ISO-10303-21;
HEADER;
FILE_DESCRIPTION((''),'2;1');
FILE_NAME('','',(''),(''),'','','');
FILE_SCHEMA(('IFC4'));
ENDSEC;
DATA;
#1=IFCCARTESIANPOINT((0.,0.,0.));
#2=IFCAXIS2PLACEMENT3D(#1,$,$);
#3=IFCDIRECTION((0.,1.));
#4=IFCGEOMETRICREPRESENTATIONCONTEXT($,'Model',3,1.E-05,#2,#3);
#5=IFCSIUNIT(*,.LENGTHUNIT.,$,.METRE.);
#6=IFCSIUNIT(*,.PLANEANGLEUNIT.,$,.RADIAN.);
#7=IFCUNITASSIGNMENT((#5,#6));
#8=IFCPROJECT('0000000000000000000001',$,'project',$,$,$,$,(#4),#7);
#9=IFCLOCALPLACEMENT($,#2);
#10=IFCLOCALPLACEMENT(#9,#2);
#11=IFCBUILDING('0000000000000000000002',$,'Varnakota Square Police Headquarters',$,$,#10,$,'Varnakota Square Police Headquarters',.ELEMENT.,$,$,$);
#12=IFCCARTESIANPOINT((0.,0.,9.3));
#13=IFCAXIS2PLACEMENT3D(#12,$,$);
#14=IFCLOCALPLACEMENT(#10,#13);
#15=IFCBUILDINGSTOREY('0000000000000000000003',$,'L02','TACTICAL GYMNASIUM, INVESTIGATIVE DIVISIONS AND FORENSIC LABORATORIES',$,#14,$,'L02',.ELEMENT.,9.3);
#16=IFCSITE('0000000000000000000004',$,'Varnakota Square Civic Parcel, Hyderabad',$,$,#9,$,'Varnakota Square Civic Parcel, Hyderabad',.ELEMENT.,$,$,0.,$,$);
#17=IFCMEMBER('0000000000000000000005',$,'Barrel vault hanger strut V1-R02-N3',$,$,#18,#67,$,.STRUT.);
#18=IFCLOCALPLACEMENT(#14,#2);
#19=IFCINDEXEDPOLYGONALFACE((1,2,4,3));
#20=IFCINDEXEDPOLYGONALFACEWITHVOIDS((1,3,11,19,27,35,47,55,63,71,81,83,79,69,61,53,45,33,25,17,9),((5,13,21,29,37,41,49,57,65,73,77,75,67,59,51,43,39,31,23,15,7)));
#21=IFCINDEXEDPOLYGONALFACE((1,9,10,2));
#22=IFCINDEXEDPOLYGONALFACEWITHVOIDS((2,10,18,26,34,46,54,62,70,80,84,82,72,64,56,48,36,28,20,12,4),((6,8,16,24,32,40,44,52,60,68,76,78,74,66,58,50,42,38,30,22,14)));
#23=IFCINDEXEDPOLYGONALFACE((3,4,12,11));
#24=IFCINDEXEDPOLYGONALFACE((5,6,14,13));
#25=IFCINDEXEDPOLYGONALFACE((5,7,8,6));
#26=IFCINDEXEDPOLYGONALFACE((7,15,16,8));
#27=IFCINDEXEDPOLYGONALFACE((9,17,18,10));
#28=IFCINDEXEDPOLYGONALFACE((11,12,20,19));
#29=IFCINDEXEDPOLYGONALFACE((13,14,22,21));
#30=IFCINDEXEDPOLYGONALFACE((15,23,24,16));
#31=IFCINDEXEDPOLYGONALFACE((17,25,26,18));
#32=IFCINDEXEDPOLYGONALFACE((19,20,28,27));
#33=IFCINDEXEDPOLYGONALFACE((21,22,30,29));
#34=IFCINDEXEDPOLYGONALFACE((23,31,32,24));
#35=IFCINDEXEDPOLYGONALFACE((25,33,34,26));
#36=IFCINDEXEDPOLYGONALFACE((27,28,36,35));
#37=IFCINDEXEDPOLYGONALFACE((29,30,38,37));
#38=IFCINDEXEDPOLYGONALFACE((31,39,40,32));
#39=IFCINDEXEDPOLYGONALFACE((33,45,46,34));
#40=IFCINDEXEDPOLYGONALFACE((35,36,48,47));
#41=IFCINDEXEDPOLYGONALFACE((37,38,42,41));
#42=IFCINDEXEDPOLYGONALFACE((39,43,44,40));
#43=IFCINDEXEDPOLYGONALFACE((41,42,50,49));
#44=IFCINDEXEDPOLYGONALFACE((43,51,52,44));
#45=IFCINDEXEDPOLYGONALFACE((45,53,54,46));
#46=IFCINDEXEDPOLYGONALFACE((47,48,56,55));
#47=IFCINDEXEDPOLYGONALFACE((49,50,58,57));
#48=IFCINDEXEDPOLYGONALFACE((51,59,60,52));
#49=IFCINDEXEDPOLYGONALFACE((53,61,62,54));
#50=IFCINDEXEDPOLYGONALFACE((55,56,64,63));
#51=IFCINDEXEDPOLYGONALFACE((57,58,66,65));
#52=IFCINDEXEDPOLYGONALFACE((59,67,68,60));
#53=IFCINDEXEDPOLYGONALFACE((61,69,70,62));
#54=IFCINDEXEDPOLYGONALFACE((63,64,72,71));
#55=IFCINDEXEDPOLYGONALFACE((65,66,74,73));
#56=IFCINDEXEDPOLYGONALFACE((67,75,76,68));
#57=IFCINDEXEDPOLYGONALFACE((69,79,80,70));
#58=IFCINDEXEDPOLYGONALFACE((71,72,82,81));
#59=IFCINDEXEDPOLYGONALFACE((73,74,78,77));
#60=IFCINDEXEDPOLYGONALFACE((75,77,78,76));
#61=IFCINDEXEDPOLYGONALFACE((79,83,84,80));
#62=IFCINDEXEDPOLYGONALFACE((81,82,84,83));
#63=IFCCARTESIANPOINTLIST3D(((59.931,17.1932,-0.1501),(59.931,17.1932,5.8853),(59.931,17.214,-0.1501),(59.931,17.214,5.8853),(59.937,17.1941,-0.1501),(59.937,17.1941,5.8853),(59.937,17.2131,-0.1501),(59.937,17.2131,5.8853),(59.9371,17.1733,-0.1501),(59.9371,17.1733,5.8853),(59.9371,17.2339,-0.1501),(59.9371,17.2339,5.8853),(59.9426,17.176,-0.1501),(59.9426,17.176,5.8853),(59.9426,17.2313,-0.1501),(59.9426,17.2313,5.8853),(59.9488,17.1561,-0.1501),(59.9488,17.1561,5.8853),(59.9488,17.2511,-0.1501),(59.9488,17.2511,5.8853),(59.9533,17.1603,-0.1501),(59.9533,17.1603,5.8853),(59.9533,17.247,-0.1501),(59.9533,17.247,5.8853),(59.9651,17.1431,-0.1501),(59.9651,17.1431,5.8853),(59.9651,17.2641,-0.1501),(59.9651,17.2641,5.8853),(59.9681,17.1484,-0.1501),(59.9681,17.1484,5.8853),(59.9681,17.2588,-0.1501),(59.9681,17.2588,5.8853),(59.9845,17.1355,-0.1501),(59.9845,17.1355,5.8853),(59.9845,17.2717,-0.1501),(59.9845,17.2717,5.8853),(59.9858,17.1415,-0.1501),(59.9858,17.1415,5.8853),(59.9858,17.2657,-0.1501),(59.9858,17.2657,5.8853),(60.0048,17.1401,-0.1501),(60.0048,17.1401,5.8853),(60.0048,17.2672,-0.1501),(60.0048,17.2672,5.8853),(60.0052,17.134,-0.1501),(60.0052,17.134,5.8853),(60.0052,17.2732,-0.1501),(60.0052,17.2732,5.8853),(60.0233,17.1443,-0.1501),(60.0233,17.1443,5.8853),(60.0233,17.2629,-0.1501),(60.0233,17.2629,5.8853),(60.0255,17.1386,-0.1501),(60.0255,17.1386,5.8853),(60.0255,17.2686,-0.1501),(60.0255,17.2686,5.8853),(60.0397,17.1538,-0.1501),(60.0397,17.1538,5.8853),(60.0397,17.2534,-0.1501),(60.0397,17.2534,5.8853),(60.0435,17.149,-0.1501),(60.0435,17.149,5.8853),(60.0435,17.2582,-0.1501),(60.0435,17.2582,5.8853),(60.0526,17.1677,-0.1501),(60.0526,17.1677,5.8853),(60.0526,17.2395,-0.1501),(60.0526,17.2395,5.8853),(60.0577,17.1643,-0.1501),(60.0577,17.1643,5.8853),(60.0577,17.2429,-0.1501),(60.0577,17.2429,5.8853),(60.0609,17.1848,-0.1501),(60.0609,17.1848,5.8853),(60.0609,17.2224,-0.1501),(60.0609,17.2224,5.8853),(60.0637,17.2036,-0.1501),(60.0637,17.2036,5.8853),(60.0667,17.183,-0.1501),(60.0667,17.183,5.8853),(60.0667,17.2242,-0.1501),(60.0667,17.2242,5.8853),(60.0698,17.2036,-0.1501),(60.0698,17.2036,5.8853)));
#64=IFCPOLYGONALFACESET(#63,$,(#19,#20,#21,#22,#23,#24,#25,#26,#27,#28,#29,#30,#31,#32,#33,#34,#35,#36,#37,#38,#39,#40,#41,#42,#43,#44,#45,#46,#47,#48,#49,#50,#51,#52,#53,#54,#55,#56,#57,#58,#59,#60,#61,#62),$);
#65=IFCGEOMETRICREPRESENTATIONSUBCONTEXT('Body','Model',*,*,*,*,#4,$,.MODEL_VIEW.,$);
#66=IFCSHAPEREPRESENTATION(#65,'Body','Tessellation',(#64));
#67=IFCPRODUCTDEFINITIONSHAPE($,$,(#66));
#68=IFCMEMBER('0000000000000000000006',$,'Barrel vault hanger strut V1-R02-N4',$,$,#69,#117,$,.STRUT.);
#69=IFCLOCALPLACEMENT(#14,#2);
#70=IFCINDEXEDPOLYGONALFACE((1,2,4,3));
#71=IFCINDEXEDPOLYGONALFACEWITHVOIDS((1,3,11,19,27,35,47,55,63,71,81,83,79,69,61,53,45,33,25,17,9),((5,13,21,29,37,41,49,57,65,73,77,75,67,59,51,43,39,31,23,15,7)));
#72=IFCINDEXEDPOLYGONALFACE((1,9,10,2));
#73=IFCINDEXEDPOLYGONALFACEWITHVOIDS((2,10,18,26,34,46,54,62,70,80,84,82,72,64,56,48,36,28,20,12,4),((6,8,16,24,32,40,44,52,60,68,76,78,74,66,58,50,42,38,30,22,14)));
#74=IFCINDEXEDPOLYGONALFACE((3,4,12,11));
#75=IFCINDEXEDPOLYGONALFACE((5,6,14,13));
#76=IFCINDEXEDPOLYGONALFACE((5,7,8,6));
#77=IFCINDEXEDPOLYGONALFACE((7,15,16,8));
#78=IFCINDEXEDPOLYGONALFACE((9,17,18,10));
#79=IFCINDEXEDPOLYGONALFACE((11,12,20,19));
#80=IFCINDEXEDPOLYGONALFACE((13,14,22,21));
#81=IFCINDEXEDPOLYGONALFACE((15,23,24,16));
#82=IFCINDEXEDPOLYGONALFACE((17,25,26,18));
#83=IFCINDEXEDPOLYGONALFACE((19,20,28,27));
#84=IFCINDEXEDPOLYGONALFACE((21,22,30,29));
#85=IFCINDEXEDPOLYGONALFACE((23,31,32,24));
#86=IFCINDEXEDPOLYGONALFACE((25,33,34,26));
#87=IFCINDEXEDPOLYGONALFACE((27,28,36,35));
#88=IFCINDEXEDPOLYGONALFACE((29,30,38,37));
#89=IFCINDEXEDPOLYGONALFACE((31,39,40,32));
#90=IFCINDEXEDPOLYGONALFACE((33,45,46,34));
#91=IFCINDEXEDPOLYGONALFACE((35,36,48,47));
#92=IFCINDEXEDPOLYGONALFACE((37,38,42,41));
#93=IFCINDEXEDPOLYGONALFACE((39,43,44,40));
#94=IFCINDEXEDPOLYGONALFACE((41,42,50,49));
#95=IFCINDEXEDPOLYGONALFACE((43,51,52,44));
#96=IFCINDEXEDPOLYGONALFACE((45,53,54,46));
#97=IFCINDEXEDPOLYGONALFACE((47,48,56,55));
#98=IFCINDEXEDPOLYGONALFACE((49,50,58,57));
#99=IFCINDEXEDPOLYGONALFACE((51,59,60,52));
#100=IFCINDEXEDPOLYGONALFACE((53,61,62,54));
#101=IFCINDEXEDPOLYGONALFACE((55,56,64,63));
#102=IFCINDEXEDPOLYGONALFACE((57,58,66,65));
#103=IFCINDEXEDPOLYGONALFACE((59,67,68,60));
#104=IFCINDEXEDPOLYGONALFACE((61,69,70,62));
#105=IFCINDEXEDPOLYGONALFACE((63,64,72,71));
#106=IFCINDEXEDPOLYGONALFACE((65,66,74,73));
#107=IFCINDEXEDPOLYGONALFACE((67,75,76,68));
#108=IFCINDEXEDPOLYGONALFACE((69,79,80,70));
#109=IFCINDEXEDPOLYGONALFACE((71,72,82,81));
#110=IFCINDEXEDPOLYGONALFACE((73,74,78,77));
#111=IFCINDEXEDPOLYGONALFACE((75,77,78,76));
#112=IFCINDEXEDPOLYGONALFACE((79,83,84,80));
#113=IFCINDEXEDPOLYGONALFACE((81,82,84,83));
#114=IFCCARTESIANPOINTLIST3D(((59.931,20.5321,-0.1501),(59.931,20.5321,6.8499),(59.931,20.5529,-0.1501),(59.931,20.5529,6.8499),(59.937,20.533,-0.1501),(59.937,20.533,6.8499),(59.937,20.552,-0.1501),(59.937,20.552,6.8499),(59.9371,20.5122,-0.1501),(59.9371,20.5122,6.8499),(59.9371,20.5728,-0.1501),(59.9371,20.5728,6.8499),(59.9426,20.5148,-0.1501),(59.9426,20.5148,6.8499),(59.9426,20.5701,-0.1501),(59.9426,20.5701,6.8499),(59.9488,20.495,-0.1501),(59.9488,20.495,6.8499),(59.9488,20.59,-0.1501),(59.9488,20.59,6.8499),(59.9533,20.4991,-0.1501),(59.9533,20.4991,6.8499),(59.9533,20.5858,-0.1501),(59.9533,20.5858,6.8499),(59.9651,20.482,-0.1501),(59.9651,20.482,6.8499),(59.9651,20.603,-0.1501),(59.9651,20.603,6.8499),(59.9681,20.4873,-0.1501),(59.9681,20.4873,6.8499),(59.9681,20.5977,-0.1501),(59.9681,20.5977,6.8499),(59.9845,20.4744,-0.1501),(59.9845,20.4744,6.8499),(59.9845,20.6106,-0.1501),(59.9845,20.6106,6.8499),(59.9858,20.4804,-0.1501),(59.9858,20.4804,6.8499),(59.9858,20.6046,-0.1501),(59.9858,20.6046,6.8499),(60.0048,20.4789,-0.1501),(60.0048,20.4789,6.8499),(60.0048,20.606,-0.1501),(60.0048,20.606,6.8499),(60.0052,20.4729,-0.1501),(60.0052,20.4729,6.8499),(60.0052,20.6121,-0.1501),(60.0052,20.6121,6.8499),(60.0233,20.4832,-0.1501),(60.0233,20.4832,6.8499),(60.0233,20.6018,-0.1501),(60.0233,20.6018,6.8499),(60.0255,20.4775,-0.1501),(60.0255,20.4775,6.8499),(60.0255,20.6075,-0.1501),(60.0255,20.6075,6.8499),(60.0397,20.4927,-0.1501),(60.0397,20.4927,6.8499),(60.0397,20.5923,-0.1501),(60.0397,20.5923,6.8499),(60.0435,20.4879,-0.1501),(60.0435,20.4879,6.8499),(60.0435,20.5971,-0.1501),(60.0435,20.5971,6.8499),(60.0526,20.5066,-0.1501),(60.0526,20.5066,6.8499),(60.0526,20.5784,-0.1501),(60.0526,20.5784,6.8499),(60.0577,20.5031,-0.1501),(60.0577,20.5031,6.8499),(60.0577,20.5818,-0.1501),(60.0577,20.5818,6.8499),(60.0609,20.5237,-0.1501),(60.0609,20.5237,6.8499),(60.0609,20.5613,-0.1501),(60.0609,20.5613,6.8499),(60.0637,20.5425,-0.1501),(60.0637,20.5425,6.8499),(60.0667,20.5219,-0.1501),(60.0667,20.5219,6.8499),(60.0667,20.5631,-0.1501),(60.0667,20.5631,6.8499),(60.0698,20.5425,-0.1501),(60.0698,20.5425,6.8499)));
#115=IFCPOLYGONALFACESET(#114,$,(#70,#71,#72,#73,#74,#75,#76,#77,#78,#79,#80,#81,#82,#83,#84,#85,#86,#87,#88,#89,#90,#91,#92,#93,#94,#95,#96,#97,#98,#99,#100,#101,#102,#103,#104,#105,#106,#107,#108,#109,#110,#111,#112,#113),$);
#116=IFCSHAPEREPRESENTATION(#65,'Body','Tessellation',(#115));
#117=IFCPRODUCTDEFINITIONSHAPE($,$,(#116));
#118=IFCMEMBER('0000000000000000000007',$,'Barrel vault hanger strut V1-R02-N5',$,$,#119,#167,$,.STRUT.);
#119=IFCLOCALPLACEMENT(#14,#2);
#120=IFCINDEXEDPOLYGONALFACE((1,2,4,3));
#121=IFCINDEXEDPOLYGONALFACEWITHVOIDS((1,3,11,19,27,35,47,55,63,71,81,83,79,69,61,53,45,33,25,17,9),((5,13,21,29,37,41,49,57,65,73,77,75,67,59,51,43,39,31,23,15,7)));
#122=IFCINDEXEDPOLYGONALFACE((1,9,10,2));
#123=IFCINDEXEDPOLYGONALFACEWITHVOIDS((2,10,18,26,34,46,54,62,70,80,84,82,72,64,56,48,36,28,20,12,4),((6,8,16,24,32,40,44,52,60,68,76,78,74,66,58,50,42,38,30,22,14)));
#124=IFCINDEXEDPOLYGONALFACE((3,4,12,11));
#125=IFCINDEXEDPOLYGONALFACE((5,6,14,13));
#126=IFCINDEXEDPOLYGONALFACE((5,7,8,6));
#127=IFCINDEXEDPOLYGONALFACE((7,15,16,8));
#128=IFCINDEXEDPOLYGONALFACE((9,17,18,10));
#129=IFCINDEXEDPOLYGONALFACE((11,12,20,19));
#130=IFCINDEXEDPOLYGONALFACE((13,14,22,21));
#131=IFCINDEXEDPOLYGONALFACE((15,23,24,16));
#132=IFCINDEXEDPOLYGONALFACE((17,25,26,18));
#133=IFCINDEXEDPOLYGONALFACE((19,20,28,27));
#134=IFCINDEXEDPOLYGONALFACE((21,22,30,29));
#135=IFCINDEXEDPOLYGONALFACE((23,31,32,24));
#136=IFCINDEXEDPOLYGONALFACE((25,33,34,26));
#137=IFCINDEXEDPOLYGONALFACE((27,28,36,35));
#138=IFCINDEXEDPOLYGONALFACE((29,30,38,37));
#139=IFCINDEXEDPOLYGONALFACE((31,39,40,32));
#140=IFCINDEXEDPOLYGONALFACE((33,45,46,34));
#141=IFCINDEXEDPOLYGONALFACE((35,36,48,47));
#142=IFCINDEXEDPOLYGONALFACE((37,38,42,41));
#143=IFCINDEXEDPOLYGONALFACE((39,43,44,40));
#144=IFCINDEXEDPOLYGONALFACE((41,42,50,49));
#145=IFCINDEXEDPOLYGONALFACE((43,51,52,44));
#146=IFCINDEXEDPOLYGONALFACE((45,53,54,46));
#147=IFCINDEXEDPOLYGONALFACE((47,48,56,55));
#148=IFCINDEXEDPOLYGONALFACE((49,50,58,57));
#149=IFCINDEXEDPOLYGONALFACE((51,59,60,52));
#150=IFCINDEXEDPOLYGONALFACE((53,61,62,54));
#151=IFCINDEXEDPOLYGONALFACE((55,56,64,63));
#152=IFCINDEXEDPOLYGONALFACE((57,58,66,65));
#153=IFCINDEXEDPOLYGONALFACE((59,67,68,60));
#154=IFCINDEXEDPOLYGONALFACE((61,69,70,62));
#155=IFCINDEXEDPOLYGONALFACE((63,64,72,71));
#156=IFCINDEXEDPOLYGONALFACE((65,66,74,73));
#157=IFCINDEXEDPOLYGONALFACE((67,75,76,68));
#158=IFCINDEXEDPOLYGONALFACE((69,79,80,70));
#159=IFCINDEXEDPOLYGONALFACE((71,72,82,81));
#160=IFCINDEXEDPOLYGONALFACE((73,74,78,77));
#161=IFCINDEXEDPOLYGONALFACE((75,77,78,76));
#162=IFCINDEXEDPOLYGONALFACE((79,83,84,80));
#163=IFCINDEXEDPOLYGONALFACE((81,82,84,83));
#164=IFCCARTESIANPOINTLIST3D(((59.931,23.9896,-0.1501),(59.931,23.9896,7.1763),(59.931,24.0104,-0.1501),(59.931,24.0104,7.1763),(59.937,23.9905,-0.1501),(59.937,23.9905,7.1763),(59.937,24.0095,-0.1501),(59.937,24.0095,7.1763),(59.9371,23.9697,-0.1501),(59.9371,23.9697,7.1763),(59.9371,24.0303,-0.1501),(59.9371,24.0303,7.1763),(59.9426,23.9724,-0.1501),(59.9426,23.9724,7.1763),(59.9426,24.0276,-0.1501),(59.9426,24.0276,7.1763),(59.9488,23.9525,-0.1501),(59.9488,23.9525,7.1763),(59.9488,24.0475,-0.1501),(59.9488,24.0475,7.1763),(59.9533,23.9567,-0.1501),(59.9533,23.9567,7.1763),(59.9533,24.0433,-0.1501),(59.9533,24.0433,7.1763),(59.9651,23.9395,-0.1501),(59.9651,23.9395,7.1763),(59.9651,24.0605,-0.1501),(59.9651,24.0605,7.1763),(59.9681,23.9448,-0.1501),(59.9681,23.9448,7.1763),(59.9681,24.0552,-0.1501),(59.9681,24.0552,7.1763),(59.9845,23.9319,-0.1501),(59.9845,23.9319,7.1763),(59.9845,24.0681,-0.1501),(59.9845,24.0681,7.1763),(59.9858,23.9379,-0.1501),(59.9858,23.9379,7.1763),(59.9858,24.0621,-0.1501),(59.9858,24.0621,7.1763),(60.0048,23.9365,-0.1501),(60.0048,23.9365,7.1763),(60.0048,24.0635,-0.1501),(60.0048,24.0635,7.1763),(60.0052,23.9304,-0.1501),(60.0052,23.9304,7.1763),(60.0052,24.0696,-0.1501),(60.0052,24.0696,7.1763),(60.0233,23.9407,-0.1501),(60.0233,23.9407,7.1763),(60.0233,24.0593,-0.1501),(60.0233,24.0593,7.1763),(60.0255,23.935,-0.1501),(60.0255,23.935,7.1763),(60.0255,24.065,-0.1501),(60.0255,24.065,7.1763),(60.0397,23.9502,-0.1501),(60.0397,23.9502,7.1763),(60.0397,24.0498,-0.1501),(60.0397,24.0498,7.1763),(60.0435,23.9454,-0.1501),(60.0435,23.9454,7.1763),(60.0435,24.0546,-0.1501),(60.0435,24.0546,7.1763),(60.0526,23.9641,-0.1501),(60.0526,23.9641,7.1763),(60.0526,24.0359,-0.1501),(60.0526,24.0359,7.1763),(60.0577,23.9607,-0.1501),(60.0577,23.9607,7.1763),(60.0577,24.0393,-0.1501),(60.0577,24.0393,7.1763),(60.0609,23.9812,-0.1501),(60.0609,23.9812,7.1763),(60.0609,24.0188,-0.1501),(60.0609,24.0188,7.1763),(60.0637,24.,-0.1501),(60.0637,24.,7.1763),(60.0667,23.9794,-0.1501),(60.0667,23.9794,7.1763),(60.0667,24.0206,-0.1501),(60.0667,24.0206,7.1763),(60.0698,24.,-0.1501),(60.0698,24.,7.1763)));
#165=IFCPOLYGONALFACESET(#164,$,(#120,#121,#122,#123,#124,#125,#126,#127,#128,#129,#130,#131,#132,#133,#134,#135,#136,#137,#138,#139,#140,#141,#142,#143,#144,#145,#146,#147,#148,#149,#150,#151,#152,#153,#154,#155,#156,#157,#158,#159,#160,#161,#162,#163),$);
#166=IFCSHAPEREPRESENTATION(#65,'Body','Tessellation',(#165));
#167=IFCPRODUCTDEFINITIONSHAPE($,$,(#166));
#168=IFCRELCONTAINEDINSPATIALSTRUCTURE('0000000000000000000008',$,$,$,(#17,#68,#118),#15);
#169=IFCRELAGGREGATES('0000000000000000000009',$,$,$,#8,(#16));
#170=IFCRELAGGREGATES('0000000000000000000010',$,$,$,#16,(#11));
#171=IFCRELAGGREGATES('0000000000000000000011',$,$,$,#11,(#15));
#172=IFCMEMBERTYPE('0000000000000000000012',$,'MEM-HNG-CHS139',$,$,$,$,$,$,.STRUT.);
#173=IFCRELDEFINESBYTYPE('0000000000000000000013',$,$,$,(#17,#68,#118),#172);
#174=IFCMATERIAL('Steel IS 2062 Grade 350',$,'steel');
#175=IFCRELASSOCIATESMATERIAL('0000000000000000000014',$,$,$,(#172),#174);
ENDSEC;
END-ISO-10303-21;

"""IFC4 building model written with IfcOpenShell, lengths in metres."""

from ifc_helpers import new_model, si_unit, direction, frame, origin, origin_2d, place, context, subcontext, project, spatial, hollow_circle, extrude, material, material_profile, profile_set, type_object, element, save


model = new_model("IFC4")

# Units and contexts
model_context = context("Model", 3, precision=1e-05, world=origin(), true_north=direction((0.0, 1.0)))
body_context = subcontext(model_context, "Body", "Model", "MODEL_VIEW")
ifc_project = project(units=[si_unit("LENGTHUNIT", "METRE"), si_unit("PLANEANGLEUNIT", "RADIAN")], contexts=[model_context])

# Site, building, storey
site_placement = place(None, origin())
site = spatial("IfcSite", under=ifc_project, at=site_placement, Name="Varnakota Square Civic Parcel, Hyderabad", LongName="Varnakota Square Civic Parcel, Hyderabad", CompositionType="ELEMENT", RefElevation=0.0)
building_placement = place(site_placement, origin())
building = spatial("IfcBuilding", under=site, at=building_placement, Name="Varnakota Square Police Headquarters", LongName="Varnakota Square Police Headquarters", CompositionType="ELEMENT")
storey_placement = place(building_placement, frame((0.0, 0.0, 9.3)))
storey = spatial("IfcBuildingStorey", under=building, at=storey_placement, Name="L02", Description="TACTICAL GYMNASIUM, INVESTIGATIVE DIVISIONS AND FORENSIC LABORATORIES", LongName="L02", CompositionType="ELEMENT", Elevation=9.3)

# Shared definitions
ifc_material_1 = material(Name="Steel IS 2062 Grade 350", Category="steel")

# Members
ifc_material_profile_1 = material_profile(ifc_material_1, hollow_circle(Radius=0.0698, WallThickness=0.0061, at=origin_2d()), Name="CHS 139.7x6.0")
ifc_profile_set_1 = profile_set([ifc_material_profile_1], Name="Steel IS 2062 Grade 350")
member_type_1 = type_object("IfcMemberType", Name="MEM-HNG-CHS139", PredefinedType="STRUT", material=ifc_profile_set_1)
member_1_placement = place(storey_placement, frame((60.0, 17.2036, -0.1501), z_axis=(0.0, 0.0, 1.0), x_axis=(1.0, 0.0, 0.0)))
element("IfcMember", 1, at=member_1_placement, inside=storey, type_object=member_type_1, Name="Barrel vault hanger strut V1-R02-N3", PredefinedType="STRUT", context=body_context, shape_type="SweptSolid", body=[
    extrude(hollow_circle(Radius=0.0698, WallThickness=0.0061, at=origin_2d()), origin(), (0.0, 0.0, 1.0), 6.0354),
])
member_2_placement = place(storey_placement, frame((60.0, 20.5425, -0.1501), z_axis=(0.0, 0.0, 1.0), x_axis=(1.0, 0.0, 0.0)))
element("IfcMember", 2, at=member_2_placement, inside=storey, type_object=member_type_1, Name="Barrel vault hanger strut V1-R02-N4", PredefinedType="STRUT", context=body_context, shape_type="SweptSolid", body=[
    extrude(hollow_circle(Radius=0.0698, WallThickness=0.0061, at=origin_2d()), origin(), (0.0, 0.0, 1.0), 7.0),
])
member_3_placement = place(storey_placement, frame((60.0, 24.0, -0.1501), z_axis=(0.0, 0.0, 1.0), x_axis=(1.0, 0.0, 0.0)))
element("IfcMember", 3, at=member_3_placement, inside=storey, type_object=member_type_1, Name="Barrel vault hanger strut V1-R02-N5", PredefinedType="STRUT", context=body_context, shape_type="SweptSolid", body=[
    extrude(hollow_circle(Radius=0.0698, WallThickness=0.0061, at=origin_2d()), origin(), (0.0, 0.0, 1.0), 7.3264),
])

save(model, "model.ifc")
